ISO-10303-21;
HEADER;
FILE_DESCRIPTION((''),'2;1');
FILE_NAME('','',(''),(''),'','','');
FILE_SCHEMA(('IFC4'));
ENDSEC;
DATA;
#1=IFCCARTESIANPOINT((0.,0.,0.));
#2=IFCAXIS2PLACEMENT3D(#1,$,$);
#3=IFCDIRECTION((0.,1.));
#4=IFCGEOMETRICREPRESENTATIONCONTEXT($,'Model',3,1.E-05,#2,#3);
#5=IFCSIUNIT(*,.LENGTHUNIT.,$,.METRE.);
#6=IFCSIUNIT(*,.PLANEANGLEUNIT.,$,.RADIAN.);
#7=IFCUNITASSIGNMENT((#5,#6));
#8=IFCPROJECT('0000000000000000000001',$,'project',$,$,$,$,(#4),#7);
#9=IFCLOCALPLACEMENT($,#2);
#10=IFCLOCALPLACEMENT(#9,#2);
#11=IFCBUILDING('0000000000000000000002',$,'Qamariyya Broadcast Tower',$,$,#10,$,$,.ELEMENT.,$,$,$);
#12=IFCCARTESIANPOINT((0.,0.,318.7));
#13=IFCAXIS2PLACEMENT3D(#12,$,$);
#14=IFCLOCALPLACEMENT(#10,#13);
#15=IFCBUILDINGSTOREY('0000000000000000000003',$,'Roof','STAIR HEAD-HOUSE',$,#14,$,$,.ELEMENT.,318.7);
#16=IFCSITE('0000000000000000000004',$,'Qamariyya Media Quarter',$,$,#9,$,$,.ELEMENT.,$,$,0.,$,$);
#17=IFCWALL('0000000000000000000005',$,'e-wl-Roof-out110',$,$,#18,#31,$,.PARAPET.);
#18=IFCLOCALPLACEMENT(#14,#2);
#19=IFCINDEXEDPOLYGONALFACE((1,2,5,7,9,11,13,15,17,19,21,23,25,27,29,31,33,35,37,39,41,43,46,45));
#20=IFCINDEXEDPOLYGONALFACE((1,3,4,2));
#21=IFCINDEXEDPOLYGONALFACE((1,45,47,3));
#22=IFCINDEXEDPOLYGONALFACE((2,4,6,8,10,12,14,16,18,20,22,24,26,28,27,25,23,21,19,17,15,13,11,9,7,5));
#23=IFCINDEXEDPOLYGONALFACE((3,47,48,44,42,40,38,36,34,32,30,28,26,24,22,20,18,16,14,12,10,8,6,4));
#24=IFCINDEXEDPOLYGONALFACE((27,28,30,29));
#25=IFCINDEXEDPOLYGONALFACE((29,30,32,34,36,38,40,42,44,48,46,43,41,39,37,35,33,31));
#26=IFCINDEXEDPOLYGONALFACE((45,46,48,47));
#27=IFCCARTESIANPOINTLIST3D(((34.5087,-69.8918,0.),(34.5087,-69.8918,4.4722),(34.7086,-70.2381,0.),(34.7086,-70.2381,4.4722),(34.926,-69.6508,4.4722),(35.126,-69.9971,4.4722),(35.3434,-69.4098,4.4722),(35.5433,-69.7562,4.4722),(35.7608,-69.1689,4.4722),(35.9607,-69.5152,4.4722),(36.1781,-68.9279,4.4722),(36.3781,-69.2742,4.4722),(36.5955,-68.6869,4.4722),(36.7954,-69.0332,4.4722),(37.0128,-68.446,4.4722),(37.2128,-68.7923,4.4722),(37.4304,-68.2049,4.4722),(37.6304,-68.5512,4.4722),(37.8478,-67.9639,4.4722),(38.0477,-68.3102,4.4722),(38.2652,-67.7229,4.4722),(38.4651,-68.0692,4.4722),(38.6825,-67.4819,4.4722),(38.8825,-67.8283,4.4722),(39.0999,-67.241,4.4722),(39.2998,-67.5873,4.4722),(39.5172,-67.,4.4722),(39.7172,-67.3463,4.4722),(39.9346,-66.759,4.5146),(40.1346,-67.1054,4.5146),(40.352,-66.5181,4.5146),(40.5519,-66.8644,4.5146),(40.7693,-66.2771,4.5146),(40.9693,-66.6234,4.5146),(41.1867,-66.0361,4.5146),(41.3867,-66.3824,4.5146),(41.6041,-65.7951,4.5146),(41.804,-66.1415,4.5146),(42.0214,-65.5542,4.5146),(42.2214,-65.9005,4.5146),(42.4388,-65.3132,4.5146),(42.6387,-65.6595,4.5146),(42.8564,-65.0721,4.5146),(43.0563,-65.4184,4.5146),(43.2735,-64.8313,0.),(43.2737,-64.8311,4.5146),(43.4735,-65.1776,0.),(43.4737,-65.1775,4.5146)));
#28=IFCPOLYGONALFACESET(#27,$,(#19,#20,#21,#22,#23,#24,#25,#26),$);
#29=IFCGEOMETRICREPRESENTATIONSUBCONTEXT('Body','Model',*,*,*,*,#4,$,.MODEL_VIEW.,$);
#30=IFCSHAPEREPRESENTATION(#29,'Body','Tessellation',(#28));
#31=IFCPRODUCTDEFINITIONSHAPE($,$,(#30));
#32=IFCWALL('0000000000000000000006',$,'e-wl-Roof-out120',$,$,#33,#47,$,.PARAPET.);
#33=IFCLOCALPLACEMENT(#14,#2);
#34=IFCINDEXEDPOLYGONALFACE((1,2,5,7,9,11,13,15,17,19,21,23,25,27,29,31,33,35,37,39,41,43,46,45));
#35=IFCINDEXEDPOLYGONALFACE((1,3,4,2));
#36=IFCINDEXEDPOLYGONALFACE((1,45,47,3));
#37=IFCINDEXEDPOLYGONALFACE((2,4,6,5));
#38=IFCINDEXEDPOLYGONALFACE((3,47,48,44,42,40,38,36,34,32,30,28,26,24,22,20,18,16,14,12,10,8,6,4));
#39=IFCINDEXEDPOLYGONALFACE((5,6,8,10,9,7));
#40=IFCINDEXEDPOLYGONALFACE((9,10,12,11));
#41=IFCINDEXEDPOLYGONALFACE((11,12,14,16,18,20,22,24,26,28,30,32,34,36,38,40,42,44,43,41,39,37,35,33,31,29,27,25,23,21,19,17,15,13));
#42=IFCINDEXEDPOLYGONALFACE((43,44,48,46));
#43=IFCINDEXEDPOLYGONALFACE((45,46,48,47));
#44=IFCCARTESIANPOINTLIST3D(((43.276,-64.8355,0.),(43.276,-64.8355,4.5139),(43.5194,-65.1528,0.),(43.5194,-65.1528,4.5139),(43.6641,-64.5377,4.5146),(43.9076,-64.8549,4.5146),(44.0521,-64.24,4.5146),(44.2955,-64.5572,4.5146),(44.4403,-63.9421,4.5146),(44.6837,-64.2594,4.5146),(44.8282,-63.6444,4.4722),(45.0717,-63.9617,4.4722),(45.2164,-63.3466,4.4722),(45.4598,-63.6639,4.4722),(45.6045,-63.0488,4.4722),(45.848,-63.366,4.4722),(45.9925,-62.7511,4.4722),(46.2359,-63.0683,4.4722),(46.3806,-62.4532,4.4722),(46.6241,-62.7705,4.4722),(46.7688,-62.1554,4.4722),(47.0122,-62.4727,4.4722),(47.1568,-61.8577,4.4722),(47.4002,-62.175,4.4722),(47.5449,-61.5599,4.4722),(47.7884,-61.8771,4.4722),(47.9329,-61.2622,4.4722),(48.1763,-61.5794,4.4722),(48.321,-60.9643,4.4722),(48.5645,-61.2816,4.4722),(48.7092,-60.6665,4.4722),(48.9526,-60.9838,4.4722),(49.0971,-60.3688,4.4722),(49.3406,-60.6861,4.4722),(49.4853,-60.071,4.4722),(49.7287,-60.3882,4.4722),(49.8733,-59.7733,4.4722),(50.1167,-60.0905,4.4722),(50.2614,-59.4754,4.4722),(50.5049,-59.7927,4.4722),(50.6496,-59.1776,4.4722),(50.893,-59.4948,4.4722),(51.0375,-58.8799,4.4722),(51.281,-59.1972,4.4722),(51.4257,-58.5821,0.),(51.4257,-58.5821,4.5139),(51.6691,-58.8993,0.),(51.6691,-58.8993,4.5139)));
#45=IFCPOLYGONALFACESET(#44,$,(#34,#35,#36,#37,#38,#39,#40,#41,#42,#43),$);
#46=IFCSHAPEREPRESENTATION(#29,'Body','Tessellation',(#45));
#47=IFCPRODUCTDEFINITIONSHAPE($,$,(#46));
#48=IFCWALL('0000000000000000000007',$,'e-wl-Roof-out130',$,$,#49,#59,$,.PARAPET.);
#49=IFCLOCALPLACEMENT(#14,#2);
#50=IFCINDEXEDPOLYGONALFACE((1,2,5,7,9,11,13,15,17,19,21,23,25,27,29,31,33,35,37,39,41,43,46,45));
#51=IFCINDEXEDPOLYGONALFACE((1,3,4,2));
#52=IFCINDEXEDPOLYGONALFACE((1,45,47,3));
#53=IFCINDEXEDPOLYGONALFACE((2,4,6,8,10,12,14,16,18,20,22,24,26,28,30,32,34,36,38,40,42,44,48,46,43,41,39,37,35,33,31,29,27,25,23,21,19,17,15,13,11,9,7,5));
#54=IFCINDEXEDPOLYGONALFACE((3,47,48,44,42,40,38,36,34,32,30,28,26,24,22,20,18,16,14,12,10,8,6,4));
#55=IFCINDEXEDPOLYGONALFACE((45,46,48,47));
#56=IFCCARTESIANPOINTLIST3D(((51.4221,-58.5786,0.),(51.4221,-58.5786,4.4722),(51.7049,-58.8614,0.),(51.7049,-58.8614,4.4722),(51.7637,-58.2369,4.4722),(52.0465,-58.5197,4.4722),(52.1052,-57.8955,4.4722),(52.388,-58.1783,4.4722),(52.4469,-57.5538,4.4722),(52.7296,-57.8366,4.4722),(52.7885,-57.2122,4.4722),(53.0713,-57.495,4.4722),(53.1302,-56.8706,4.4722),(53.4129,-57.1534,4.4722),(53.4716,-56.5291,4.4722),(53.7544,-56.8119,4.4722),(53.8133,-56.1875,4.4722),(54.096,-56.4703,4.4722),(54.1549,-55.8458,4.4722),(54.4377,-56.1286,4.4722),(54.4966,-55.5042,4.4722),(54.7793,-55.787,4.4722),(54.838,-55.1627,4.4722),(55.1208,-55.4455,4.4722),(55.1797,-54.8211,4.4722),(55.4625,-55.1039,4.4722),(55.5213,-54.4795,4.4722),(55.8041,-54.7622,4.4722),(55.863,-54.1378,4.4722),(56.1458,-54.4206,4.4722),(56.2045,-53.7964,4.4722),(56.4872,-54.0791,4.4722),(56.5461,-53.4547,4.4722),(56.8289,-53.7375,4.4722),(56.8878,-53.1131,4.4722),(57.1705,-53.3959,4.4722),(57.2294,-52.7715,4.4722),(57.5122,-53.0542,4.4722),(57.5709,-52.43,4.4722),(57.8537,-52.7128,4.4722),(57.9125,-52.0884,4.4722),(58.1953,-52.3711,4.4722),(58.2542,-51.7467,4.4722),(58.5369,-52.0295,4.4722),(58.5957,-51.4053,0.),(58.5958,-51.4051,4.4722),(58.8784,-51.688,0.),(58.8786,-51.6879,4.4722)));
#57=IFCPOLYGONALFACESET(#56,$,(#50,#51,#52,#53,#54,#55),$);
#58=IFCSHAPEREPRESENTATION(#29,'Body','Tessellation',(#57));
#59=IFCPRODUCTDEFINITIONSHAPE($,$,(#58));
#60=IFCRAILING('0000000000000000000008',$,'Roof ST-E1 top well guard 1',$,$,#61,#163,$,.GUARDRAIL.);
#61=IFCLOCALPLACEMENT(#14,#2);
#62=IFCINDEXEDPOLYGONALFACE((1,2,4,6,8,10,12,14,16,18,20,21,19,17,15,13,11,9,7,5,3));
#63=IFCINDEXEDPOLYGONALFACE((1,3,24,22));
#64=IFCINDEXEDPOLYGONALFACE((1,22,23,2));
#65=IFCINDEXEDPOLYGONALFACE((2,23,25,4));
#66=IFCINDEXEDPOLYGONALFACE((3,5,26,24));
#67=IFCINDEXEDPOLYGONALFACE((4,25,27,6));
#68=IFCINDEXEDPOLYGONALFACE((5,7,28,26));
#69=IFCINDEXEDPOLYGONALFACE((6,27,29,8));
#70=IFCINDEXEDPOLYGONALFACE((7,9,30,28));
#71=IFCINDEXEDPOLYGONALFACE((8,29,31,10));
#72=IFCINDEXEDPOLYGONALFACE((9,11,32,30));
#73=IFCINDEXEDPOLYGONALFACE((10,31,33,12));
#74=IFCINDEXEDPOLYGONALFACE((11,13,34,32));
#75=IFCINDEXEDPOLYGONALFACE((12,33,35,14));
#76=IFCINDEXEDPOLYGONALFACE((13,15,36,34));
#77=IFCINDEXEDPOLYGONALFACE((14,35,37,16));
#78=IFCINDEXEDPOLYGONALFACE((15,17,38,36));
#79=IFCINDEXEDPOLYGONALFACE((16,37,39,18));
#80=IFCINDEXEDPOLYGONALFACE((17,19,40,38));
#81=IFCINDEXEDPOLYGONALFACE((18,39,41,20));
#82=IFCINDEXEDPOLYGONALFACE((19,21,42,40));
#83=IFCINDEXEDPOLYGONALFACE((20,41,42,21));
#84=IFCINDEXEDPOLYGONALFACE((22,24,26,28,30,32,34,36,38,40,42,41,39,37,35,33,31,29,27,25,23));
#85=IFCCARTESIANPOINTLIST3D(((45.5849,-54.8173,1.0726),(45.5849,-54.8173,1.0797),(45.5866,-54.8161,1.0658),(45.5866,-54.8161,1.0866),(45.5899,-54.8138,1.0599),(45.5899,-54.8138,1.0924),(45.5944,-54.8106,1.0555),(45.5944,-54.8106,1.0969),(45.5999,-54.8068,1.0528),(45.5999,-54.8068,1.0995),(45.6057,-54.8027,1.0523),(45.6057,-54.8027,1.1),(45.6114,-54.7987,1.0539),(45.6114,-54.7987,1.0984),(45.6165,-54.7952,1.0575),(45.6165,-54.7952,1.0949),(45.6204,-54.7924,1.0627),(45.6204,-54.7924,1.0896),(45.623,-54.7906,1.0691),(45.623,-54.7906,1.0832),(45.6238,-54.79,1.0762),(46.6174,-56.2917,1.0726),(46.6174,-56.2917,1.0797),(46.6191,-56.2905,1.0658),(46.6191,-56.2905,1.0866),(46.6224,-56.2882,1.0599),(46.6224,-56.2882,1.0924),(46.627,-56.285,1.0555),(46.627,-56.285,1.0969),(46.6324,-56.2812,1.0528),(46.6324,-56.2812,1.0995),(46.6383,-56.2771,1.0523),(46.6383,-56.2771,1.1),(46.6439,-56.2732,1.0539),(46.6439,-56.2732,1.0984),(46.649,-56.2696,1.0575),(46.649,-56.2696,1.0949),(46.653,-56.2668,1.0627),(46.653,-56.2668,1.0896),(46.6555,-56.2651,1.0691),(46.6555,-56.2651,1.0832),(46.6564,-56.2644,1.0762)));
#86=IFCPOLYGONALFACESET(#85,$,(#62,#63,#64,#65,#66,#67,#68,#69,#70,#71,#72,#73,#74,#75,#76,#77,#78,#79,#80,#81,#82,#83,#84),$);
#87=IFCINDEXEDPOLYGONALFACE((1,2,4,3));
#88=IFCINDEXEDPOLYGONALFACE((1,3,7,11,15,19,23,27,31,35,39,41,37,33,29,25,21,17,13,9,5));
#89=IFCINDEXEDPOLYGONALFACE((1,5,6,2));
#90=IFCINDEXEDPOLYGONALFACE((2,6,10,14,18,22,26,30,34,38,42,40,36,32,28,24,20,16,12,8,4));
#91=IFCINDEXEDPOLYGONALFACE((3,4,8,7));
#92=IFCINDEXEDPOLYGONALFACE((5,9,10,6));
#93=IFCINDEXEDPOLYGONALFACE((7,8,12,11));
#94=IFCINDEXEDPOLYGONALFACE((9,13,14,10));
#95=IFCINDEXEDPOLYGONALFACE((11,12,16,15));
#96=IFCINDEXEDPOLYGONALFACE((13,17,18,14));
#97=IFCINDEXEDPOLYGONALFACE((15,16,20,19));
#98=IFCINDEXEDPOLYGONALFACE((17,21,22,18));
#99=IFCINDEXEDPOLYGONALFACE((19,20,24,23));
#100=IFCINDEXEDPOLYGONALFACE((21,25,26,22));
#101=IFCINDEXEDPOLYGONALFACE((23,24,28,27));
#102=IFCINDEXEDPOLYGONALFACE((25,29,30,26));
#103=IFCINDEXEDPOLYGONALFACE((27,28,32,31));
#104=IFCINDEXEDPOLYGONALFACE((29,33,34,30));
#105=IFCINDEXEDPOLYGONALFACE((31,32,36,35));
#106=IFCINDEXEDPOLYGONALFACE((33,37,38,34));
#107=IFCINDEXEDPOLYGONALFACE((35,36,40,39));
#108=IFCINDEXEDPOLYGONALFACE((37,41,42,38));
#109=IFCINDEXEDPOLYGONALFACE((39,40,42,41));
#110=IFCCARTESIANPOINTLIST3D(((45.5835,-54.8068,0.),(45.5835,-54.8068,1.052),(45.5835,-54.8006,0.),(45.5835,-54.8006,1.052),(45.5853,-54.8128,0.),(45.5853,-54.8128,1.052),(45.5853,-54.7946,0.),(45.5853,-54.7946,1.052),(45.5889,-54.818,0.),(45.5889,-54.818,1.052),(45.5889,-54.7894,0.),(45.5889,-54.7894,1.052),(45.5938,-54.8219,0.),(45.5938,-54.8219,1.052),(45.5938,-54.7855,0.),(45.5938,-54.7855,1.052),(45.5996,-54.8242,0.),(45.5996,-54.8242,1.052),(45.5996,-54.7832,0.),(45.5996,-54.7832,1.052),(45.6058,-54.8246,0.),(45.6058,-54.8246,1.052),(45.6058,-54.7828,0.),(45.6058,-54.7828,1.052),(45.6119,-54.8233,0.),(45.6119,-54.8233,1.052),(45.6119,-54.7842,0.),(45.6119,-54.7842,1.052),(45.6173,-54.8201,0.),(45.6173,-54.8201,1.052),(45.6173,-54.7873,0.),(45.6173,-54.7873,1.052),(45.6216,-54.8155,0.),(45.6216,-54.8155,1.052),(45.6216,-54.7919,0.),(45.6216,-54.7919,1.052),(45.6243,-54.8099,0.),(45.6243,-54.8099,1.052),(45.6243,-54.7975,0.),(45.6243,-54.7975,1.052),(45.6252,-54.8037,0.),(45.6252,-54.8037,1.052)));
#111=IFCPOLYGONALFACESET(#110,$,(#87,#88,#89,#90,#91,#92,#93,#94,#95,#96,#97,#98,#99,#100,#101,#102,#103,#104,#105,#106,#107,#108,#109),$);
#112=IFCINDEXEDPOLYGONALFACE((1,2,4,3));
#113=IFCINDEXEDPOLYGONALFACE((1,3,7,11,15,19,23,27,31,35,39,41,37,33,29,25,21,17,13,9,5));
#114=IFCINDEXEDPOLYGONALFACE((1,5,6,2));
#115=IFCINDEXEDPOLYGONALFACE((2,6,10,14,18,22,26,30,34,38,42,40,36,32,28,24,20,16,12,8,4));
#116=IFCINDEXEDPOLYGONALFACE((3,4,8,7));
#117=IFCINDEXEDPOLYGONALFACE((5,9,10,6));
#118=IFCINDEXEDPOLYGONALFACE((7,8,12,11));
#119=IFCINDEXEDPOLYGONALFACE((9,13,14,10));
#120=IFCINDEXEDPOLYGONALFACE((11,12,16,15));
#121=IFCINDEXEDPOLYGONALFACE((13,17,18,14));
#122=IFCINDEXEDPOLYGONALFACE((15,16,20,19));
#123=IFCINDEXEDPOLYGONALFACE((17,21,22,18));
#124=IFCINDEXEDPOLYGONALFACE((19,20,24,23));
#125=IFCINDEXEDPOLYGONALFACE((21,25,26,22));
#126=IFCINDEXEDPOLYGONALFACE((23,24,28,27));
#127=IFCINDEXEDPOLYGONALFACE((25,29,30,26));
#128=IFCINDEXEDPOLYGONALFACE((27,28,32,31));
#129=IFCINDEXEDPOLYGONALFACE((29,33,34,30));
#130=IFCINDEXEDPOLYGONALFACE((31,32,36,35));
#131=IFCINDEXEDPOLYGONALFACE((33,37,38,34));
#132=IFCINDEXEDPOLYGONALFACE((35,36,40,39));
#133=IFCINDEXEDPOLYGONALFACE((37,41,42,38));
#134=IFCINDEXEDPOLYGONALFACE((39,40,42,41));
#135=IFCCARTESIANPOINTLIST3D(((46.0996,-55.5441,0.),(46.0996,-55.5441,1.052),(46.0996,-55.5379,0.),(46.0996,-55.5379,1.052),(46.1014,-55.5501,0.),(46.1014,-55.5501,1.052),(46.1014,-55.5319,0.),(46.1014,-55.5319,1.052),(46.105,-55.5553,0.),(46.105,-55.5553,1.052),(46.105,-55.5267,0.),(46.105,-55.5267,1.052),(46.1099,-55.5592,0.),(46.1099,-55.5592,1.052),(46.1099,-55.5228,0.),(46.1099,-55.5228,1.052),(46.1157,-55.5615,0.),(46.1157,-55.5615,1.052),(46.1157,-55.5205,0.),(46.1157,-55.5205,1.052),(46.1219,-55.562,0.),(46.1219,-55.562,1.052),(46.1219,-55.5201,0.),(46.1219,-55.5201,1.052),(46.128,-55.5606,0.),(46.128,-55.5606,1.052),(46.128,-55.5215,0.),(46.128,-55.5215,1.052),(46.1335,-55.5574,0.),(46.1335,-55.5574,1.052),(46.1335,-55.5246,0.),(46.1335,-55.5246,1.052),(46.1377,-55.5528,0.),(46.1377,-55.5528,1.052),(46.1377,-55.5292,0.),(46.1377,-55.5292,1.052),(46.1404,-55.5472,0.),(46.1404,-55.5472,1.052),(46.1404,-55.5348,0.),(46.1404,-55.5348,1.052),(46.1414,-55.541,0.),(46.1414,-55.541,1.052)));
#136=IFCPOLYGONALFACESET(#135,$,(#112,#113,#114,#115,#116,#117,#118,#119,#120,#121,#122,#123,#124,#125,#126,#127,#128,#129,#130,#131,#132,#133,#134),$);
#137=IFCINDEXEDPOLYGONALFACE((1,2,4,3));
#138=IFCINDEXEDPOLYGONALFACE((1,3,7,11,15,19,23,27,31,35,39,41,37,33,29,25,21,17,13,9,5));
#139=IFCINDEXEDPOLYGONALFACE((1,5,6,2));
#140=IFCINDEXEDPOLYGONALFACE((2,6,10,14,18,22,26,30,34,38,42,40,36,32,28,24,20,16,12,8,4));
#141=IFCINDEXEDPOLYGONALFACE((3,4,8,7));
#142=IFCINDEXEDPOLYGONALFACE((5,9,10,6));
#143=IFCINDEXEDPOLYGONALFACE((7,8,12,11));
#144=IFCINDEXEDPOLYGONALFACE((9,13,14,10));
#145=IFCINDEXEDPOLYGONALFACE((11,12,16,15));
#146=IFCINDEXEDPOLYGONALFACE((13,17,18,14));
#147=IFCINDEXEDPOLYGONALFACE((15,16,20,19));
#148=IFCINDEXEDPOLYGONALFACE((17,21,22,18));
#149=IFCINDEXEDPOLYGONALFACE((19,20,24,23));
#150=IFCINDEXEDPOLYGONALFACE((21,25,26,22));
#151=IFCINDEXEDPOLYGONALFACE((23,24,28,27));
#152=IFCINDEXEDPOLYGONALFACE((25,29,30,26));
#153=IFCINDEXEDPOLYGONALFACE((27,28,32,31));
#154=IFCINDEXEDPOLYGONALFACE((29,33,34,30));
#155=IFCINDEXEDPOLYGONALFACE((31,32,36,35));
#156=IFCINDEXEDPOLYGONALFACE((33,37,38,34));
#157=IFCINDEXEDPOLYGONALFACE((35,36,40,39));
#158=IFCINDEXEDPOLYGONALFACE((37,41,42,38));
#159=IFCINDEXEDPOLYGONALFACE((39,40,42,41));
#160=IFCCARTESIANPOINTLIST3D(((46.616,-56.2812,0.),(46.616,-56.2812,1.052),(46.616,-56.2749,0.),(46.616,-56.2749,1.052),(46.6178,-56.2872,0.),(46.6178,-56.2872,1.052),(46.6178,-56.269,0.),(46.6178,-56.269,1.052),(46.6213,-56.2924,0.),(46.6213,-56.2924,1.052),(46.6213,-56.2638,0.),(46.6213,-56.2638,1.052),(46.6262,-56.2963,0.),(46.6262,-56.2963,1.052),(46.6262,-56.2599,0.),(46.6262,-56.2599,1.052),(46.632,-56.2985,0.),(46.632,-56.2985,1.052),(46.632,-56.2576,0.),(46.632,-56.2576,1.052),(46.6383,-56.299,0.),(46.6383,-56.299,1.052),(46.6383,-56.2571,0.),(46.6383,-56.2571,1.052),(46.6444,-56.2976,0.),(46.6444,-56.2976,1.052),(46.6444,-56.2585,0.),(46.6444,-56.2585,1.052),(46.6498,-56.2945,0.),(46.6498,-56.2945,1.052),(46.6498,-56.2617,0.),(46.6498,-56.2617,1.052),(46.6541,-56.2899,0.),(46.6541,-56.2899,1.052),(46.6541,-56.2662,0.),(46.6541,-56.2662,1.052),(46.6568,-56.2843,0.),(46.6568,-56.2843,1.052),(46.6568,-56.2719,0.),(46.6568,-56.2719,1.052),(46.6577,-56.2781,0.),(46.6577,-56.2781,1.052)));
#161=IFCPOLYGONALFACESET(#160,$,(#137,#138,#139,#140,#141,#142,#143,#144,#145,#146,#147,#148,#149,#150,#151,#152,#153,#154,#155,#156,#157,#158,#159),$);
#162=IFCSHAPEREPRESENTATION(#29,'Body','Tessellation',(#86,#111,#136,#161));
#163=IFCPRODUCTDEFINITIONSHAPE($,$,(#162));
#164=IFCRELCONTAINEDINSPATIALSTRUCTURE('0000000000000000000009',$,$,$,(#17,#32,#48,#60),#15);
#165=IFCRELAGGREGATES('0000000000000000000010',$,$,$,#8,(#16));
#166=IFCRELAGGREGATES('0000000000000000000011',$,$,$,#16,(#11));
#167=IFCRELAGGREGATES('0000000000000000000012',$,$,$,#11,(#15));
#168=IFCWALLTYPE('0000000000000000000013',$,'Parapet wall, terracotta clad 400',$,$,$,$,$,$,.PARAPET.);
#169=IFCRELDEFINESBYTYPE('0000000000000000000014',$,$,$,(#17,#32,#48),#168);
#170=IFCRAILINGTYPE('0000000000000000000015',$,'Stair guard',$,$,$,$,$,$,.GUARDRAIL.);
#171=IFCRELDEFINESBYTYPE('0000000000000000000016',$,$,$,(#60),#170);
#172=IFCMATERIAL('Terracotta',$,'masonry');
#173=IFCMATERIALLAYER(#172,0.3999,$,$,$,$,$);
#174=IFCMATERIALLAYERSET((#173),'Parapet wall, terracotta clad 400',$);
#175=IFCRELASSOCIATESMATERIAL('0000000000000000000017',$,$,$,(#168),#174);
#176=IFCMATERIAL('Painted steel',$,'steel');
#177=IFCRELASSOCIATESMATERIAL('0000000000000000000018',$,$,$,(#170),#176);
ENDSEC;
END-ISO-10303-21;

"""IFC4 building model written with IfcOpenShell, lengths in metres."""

from ifc_helpers import new_model, si_unit, direction, frame, origin, origin_2d, place, context, subcontext, project, spatial, polyline, circle, outline, extrude, material, layer, layer_set, type_object, element, save


model = new_model("IFC4")

# Units and contexts
model_context = context("Model", 3, precision=1e-05, world=origin(), true_north=direction((0.0, 1.0)))
body_context = subcontext(model_context, "Body", "Model", "MODEL_VIEW")
ifc_project = project(units=[si_unit("LENGTHUNIT", "METRE"), si_unit("PLANEANGLEUNIT", "RADIAN")], contexts=[model_context])

# Site, building, storey
site_placement = place(None, origin())
site = spatial("IfcSite", under=ifc_project, at=site_placement, Name="Qamariyya Media Quarter", CompositionType="ELEMENT", RefElevation=0.0)
building_placement = place(site_placement, origin())
building = spatial("IfcBuilding", under=site, at=building_placement, Name="Qamariyya Broadcast Tower", CompositionType="ELEMENT")
storey_placement = place(building_placement, frame((0.0, 0.0, 318.7)))
storey = spatial("IfcBuildingStorey", under=building, at=storey_placement, Name="Roof", Description="STAIR HEAD-HOUSE", CompositionType="ELEMENT", Elevation=318.7)

# Walls
ifc_material_1 = material(Name="Terracotta", Category="masonry")
ifc_layer_1 = layer(ifc_material_1, 0.3999)
ifc_layer_set_1 = layer_set([ifc_layer_1], Name="Parapet wall, terracotta clad 400")
wall_type_1 = type_object("IfcWallType", Name="Parapet wall, terracotta clad 400", PredefinedType="PARAPET", material=ifc_layer_set_1)
wall_1_placement = place(storey_placement, frame((34.6086, -70.0649, 0.0), z_axis=(0.0, 0.0, 1.0), x_axis=(0.86602, 0.50001, 0.0)))
element("IfcWall", 1, at=wall_1_placement, inside=storey, type_object=wall_type_1, Name="e-wl-Roof-out110", PredefinedType="PARAPET", context=body_context, shape_type="SweptSolid", body=[
    extrude(outline(polyline([(0.0, 0.0), (10.1208, 0.0), (10.1211, 4.5146), (9.6392, 4.5146), (9.157, 4.5146), (8.675, 4.5146), (8.1931, 4.5146), (7.7112, 4.5146), (7.2292, 4.5146), (6.7473, 4.5146), (6.2654, 4.5146), (5.7834, 4.4722), (5.3015, 4.4722), (4.8196, 4.4722), (4.3376, 4.4722), (3.8557, 4.4722), (3.3738, 4.4722), (2.8916, 4.4722), (2.4097, 4.4722), (1.9277, 4.4722), (1.4458, 4.4722), (0.9639, 4.4722), (0.4819, 4.4722), (0.0, 4.4722), (0.0, 0.0)])), frame((0.0, 0.2, 0.0), z_axis=(0.0, -1.0, 0.0), x_axis=(1.0, 0.0, 0.0)), (0.0, 0.0, 1.0), 0.3999),
])
wall_2_placement = place(storey_placement, frame((43.3977, -64.9941, 0.0), z_axis=(0.0, 0.0, 1.0), x_axis=(0.793355, 0.608759, 0.0)))
element("IfcWall", 2, at=wall_2_placement, inside=storey, type_object=wall_type_1, Name="e-wl-Roof-out120", PredefinedType="PARAPET", context=body_context, shape_type="SweptSolid", body=[
    extrude(outline(polyline([(0.0, 0.0), (10.2725, 0.0), (10.2725, 4.5139), (9.7832, 4.4722), (9.2942, 4.4722), (8.8049, 4.4722), (8.3157, 4.4722), (7.8267, 4.4722), (7.3374, 4.4722), (6.8484, 4.4722), (6.3591, 4.4722), (5.8699, 4.4722), (5.3809, 4.4722), (4.8916, 4.4722), (4.4026, 4.4722), (3.9133, 4.4722), (3.4241, 4.4722), (2.9351, 4.4722), (2.4458, 4.4722), (1.9565, 4.4722), (1.4675, 4.5146), (0.9783, 4.5146), (0.4893, 4.5146), (0.0, 4.5139), (0.0, 0.0)])), frame((0.0, 0.2, 0.0), z_axis=(0.0, -1.0, 0.0), x_axis=(1.0, 0.0, 0.0)), (0.0, 0.0, 1.0), 0.3999),
])
wall_3_placement = place(storey_placement, frame((51.5635, -58.72, 0.0), z_axis=(0.0, 0.0, 1.0), x_axis=(0.707119, 0.707095, 0.0)))
element("IfcWall", 3, at=wall_3_placement, inside=storey, type_object=wall_type_1, Name="e-wl-Roof-out130", PredefinedType="PARAPET", context=body_context, shape_type="SweptSolid", body=[
    extrude(outline(polyline([(0.0, 0.0), (10.1448, 0.0), (10.145, 4.4722), (9.6619, 4.4722), (9.1787, 4.4722), (8.6956, 4.4722), (8.2126, 4.4722), (7.7295, 4.4722), (7.2463, 4.4722), (6.7632, 4.4722), (6.2803, 4.4722), (5.7971, 4.4722), (5.314, 4.4722), (4.8308, 4.4722), (4.3479, 4.4722), (3.8647, 4.4722), (3.3816, 4.4722), (2.8984, 4.4722), (2.4155, 4.4722), (1.9324, 4.4722), (1.4492, 4.4722), (0.9661, 4.4722), (0.4832, 4.4722), (0.0, 4.4722), (0.0, 0.0)])), frame((0.0, 0.2, 0.0), z_axis=(0.0, -1.0, 0.0), x_axis=(1.0, 0.0, 0.0)), (0.0, 0.0, 1.0), 0.3999),
])

# Railing
ifc_material_2 = material(Name="Painted steel", Category="steel")
railing_type = type_object("IfcRailingType", Name="Stair guard", PredefinedType="GUARDRAIL", material=ifc_material_2)
railing_placement = place(storey_placement, frame((45.6042, -54.8037, 0.0)))
element("IfcRailing", 4, at=railing_placement, inside=storey, type_object=railing_type, Name="Roof ST-E1 top well guard 1", PredefinedType="GUARDRAIL", context=body_context, shape_type="SweptSolid", body=[
    extrude(circle(Radius=0.0239, at=origin_2d()), frame((0.0, 0.0, 1.0762), z_axis=(0.573617, -0.819124, 0.0), x_axis=(0.819124, 0.573617, 0.0)), (0.0, 0.0, 1.0), 1.8),
    extrude(circle(Radius=0.021, at=origin_2d()), origin(), (0.0, 0.0, 1.0), 1.052),
    extrude(circle(Radius=0.021, at=origin_2d()), frame((0.5161, -0.7373, 0.0)), (0.0, 0.0, 1.0), 1.052),
    extrude(circle(Radius=0.021, at=origin_2d()), frame((1.0325, -1.4744, 0.0)), (0.0, 0.0, 1.0), 1.052),
])

save(model, "model.ifc")
